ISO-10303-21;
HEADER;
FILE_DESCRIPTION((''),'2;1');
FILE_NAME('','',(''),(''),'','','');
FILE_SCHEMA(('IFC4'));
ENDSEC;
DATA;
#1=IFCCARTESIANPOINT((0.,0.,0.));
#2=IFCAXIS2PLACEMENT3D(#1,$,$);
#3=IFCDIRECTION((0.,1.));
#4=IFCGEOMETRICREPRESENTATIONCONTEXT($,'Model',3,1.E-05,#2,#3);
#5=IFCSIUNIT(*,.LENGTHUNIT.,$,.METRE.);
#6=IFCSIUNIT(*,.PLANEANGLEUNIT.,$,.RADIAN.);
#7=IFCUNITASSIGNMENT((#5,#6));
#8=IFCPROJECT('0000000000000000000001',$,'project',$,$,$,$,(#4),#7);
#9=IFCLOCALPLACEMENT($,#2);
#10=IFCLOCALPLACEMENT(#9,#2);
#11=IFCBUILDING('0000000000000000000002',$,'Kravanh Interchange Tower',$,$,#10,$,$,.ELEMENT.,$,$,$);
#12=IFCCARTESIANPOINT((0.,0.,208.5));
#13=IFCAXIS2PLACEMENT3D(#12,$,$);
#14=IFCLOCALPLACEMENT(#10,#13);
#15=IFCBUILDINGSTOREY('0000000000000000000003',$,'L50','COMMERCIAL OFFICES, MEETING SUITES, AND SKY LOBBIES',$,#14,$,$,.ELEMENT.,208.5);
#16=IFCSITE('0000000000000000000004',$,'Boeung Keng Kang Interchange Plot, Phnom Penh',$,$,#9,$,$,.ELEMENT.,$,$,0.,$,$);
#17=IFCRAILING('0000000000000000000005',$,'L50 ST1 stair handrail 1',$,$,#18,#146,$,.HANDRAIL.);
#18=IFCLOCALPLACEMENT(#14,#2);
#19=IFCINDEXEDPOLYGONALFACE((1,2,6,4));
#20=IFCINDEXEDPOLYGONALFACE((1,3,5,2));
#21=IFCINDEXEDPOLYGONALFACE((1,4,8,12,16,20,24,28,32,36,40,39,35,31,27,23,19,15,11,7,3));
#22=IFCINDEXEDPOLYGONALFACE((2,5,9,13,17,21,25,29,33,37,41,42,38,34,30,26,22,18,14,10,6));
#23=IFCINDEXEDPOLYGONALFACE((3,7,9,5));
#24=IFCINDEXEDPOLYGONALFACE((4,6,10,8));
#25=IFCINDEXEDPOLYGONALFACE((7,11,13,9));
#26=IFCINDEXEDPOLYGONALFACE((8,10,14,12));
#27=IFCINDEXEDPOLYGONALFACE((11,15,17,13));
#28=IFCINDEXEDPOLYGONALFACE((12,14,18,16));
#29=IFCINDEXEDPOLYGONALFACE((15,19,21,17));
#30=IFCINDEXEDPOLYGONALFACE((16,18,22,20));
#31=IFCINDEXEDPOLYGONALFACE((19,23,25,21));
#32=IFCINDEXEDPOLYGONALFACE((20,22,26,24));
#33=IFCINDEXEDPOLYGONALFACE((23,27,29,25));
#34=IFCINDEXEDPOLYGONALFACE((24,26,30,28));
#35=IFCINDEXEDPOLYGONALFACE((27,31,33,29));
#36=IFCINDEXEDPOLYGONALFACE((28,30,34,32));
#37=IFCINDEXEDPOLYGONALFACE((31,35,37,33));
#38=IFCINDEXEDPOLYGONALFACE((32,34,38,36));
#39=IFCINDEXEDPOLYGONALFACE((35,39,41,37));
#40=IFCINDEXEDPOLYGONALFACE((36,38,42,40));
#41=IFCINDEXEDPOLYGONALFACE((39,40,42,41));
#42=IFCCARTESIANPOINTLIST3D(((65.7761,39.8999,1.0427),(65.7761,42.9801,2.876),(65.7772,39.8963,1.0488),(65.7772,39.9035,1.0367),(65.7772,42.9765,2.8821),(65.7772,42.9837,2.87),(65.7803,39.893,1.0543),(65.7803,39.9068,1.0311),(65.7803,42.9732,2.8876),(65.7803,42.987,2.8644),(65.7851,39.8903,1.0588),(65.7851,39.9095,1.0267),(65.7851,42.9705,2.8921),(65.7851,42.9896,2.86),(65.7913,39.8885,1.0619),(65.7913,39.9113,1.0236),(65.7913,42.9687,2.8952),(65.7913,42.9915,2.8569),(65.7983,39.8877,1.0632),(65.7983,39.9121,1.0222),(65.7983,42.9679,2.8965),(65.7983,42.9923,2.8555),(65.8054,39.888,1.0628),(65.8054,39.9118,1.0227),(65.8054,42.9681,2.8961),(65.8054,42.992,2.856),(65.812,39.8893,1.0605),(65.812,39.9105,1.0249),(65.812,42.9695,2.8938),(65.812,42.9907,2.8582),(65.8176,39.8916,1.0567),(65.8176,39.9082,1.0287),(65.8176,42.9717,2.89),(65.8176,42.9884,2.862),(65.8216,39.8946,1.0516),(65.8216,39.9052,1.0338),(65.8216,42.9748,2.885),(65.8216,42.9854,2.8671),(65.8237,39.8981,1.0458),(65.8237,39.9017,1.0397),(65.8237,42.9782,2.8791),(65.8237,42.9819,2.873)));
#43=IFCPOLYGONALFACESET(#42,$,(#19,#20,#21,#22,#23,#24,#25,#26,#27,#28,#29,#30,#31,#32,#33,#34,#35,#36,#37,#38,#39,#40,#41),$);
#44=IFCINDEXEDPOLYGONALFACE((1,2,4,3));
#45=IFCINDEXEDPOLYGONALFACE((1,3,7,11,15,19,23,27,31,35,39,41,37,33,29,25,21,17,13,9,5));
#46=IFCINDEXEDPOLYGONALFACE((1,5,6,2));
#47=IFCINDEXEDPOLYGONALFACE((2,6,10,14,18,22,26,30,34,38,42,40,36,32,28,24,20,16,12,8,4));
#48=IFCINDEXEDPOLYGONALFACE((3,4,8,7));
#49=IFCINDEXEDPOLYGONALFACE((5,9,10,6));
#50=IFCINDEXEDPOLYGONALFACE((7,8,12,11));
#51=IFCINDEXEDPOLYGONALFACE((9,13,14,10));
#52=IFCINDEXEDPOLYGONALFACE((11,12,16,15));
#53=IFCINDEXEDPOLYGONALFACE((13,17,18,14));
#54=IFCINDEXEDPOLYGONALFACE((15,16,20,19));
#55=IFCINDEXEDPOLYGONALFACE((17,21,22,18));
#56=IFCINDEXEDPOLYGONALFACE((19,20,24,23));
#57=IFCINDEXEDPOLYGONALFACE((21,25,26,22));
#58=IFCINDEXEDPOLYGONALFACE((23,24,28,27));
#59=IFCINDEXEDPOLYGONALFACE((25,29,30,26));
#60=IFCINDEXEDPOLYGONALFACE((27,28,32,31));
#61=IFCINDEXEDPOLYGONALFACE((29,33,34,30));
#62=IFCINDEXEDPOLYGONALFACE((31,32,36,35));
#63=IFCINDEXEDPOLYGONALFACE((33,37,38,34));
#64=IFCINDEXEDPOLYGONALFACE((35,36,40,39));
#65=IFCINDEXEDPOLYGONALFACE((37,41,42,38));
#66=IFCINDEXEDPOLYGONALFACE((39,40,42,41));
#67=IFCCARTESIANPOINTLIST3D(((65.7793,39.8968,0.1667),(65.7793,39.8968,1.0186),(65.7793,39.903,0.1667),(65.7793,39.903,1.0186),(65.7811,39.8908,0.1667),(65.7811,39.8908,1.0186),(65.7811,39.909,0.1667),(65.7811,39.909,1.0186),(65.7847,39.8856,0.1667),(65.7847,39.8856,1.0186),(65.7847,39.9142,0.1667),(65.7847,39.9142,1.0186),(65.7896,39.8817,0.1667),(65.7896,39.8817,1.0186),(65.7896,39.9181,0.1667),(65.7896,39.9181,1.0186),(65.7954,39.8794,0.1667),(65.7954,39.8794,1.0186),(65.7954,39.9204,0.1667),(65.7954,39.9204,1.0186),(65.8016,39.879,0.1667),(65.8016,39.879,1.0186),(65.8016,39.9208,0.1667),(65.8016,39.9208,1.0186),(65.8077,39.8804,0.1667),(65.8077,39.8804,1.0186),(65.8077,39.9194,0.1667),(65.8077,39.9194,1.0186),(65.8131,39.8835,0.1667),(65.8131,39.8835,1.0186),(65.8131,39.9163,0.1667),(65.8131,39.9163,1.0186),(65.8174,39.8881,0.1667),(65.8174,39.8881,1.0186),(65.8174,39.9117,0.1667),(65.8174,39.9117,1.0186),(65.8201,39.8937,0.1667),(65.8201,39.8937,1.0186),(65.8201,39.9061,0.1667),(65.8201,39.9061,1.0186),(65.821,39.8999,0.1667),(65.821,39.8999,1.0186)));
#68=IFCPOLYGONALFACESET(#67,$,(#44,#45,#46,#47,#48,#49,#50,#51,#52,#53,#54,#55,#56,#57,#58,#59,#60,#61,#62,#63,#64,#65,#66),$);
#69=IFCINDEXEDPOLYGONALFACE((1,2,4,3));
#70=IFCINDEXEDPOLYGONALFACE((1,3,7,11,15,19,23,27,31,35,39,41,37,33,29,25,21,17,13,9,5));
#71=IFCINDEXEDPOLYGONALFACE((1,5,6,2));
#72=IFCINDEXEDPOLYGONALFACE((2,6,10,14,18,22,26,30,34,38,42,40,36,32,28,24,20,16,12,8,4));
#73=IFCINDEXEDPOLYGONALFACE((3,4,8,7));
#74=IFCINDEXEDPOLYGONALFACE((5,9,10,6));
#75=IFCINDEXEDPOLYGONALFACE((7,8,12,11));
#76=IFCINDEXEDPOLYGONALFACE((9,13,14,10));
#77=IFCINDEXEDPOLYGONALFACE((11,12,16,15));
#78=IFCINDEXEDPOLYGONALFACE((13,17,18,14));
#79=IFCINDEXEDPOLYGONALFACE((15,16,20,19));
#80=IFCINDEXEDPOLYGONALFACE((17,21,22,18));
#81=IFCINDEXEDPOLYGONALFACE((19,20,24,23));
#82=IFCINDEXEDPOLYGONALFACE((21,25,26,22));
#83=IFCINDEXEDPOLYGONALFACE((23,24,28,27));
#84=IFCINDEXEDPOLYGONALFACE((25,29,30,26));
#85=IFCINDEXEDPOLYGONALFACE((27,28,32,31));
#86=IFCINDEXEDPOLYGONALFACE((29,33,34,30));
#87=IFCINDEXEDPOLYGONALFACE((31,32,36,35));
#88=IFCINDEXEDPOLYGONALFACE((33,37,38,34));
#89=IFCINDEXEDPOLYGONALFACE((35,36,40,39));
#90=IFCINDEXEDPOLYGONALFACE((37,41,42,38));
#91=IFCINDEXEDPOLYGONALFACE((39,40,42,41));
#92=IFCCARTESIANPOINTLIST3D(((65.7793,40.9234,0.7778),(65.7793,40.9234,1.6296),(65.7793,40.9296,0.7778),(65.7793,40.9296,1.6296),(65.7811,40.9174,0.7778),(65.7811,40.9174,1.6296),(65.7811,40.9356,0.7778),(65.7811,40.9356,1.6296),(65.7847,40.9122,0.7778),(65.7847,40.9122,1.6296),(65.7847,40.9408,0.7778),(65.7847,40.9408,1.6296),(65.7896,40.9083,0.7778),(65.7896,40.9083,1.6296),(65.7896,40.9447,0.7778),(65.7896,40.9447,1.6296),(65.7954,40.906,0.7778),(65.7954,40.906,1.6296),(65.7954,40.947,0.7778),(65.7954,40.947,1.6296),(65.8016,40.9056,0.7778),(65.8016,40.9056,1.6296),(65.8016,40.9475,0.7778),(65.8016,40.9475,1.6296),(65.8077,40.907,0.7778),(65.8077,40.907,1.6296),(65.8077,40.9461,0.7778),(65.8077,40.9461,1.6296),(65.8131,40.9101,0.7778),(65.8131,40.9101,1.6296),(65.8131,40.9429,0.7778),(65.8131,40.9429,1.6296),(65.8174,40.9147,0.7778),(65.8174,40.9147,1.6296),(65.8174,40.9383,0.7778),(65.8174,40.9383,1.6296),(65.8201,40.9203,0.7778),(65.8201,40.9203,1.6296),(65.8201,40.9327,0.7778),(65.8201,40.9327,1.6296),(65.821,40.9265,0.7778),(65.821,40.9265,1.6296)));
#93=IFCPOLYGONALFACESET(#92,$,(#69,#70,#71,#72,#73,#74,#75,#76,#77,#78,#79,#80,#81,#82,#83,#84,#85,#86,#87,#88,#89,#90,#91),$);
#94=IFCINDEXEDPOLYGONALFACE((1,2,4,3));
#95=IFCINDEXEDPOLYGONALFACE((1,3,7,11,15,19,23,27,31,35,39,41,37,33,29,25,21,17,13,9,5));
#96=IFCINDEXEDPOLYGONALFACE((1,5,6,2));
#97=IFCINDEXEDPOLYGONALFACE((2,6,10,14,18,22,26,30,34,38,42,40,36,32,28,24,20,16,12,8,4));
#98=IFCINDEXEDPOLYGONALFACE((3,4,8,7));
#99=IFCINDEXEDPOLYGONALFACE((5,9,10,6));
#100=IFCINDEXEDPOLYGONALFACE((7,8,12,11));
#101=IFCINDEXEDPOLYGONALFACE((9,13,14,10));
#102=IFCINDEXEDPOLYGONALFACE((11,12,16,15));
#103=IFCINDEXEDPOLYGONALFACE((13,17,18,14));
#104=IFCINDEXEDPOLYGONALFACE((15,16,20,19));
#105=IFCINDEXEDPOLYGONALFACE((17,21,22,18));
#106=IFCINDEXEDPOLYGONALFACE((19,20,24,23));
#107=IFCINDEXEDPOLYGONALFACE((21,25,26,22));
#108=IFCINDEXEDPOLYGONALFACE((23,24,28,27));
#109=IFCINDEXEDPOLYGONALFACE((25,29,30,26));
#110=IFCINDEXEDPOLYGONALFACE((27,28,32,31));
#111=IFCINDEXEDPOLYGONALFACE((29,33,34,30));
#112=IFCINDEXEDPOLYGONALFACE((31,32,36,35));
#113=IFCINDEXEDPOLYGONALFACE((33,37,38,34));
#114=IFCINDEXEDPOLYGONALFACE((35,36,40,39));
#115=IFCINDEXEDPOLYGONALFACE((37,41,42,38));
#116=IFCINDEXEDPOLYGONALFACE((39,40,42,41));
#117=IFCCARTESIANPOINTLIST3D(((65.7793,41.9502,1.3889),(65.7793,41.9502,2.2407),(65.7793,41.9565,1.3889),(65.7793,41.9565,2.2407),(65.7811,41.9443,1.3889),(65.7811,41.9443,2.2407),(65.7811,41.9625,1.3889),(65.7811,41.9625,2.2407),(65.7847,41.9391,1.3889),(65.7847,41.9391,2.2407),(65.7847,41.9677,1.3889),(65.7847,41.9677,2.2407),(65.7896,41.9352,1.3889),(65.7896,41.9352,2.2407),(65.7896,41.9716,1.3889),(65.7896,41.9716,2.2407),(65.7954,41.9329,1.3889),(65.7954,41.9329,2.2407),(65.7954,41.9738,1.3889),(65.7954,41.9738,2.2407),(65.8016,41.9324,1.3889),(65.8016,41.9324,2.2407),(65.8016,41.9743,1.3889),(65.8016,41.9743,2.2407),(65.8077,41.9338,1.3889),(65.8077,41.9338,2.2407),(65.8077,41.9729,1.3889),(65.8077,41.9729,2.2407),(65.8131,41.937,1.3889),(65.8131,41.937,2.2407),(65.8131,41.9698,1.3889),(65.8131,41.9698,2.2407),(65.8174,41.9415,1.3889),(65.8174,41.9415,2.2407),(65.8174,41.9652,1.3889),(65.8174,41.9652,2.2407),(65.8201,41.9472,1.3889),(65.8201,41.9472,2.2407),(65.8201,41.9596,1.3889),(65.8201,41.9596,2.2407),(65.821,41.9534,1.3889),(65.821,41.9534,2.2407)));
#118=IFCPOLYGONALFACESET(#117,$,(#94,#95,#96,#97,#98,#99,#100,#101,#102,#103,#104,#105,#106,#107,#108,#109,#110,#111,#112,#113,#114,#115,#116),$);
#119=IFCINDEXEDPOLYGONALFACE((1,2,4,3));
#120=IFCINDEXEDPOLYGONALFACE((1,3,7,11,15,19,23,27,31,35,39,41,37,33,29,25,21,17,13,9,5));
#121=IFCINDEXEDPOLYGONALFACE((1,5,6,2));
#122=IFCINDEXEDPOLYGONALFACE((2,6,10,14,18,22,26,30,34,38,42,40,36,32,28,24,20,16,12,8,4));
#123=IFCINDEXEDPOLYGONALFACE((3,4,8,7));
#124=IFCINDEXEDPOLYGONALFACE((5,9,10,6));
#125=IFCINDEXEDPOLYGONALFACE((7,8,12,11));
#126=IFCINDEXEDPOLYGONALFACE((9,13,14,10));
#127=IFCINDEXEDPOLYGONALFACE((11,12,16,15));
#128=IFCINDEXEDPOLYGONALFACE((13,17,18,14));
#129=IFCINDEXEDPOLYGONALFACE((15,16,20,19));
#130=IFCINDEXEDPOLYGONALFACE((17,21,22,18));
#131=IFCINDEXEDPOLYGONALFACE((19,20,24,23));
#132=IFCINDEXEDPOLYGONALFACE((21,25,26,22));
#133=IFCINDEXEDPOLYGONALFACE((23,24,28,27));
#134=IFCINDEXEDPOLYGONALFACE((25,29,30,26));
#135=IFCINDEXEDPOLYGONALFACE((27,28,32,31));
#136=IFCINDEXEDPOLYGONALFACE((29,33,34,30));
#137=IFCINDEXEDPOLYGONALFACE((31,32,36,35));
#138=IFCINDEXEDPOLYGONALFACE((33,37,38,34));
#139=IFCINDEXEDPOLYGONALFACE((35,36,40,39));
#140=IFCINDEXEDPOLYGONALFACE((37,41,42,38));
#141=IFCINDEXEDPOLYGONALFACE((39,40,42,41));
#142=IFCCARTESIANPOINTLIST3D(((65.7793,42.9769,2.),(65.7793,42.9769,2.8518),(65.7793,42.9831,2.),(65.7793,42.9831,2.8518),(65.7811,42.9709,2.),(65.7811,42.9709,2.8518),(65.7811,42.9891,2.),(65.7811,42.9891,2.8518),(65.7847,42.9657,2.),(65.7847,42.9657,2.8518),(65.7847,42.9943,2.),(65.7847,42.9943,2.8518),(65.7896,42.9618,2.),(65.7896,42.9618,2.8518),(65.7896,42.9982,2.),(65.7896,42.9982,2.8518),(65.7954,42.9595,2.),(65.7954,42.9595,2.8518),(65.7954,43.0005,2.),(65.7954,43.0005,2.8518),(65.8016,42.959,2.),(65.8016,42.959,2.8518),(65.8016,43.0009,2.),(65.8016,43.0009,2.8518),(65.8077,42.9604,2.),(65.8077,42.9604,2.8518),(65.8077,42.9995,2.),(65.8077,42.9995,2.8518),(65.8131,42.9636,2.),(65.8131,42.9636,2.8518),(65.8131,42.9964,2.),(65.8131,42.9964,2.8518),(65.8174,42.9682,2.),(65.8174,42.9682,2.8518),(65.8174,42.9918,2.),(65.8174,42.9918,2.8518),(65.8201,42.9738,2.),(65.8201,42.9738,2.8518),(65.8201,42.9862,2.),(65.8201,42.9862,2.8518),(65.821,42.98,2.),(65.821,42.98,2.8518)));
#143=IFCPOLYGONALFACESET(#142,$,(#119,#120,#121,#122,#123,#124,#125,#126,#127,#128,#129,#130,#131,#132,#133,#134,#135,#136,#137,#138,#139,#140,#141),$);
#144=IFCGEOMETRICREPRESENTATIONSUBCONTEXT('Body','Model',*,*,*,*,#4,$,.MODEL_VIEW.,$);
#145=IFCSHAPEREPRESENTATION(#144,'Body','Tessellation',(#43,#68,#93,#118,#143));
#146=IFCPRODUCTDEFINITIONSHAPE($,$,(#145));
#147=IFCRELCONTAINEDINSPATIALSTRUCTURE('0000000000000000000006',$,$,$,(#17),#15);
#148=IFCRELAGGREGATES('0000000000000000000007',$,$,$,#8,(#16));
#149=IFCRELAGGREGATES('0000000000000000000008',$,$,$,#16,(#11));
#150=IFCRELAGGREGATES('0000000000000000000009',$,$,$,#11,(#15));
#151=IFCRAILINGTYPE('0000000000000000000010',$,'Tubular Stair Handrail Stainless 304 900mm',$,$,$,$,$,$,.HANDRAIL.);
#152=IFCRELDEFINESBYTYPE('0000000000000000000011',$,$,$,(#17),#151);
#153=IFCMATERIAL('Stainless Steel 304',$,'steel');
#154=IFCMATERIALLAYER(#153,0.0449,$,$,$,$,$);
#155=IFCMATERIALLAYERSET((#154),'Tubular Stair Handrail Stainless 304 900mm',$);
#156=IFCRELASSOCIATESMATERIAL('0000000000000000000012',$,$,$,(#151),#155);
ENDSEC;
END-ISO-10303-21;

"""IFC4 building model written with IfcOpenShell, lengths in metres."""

from ifc_helpers import new_model, si_unit, direction, frame, origin, origin_2d, place, context, subcontext, project, spatial, circle, extrude, material, layer, layer_set, type_object, element, save


model = new_model("IFC4")

# Units and contexts
model_context = context("Model", 3, precision=1e-05, world=origin(), true_north=direction((0.0, 1.0)))
body_context = subcontext(model_context, "Body", "Model", "MODEL_VIEW")
ifc_project = project(units=[si_unit("LENGTHUNIT", "METRE"), si_unit("PLANEANGLEUNIT", "RADIAN")], contexts=[model_context])

# Site, building, storey
site_placement = place(None, origin())
site = spatial("IfcSite", under=ifc_project, at=site_placement, Name="Boeung Keng Kang Interchange Plot, Phnom Penh", CompositionType="ELEMENT", RefElevation=0.0)
building_placement = place(site_placement, origin())
building = spatial("IfcBuilding", under=site, at=building_placement, Name="Kravanh Interchange Tower", CompositionType="ELEMENT")
storey_placement = place(building_placement, frame((0.0, 0.0, 208.5)))
storey = spatial("IfcBuildingStorey", under=building, at=storey_placement, Name="L50", Description="COMMERCIAL OFFICES, MEETING SUITES, AND SKY LOBBIES", CompositionType="ELEMENT", Elevation=208.5)

# Railing
ifc_material_1 = material(Name="Stainless Steel 304", Category="steel")
ifc_layer_1 = layer(ifc_material_1, 0.0449)
ifc_layer_set_1 = layer_set([ifc_layer_1], Name="Tubular Stair Handrail Stainless 304 900mm")
railing_type_1 = type_object("IfcRailingType", Name="Tubular Stair Handrail Stainless 304 900mm", PredefinedType="HANDRAIL", material=ifc_layer_set_1)
railing_1_placement = place(storey_placement, frame((65.8, 39.8999, 0.1667)))
element("IfcRailing", 1, at=railing_1_placement, inside=storey, type_object=railing_type_1, Name="L50 ST1 stair handrail 1", PredefinedType="HANDRAIL", context=body_context, shape_type="SweptSolid", body=[
    extrude(circle(Radius=0.0239, at=origin_2d()), frame((0.0, 0.0, 0.876), z_axis=(0.0, 0.859309, 0.511458), x_axis=(-1.0, 0.0, 0.0)), (0.0, 0.0, 1.0), 3.5845),
    extrude(circle(Radius=0.021, at=origin_2d()), origin(), (0.0, 0.0, 1.0), 0.8518),
    extrude(circle(Radius=0.021, at=origin_2d()), frame((0.0, 1.0266, 0.6111)), (0.0, 0.0, 1.0), 0.8518),
    extrude(circle(Radius=0.021, at=origin_2d()), frame((0.0, 2.0535, 1.2222)), (0.0, 0.0, 1.0), 0.8518),
    extrude(circle(Radius=0.021, at=origin_2d()), frame((0.0, 3.0801, 1.8333)), (0.0, 0.0, 1.0), 0.8518),
])

save(model, "model.ifc")
